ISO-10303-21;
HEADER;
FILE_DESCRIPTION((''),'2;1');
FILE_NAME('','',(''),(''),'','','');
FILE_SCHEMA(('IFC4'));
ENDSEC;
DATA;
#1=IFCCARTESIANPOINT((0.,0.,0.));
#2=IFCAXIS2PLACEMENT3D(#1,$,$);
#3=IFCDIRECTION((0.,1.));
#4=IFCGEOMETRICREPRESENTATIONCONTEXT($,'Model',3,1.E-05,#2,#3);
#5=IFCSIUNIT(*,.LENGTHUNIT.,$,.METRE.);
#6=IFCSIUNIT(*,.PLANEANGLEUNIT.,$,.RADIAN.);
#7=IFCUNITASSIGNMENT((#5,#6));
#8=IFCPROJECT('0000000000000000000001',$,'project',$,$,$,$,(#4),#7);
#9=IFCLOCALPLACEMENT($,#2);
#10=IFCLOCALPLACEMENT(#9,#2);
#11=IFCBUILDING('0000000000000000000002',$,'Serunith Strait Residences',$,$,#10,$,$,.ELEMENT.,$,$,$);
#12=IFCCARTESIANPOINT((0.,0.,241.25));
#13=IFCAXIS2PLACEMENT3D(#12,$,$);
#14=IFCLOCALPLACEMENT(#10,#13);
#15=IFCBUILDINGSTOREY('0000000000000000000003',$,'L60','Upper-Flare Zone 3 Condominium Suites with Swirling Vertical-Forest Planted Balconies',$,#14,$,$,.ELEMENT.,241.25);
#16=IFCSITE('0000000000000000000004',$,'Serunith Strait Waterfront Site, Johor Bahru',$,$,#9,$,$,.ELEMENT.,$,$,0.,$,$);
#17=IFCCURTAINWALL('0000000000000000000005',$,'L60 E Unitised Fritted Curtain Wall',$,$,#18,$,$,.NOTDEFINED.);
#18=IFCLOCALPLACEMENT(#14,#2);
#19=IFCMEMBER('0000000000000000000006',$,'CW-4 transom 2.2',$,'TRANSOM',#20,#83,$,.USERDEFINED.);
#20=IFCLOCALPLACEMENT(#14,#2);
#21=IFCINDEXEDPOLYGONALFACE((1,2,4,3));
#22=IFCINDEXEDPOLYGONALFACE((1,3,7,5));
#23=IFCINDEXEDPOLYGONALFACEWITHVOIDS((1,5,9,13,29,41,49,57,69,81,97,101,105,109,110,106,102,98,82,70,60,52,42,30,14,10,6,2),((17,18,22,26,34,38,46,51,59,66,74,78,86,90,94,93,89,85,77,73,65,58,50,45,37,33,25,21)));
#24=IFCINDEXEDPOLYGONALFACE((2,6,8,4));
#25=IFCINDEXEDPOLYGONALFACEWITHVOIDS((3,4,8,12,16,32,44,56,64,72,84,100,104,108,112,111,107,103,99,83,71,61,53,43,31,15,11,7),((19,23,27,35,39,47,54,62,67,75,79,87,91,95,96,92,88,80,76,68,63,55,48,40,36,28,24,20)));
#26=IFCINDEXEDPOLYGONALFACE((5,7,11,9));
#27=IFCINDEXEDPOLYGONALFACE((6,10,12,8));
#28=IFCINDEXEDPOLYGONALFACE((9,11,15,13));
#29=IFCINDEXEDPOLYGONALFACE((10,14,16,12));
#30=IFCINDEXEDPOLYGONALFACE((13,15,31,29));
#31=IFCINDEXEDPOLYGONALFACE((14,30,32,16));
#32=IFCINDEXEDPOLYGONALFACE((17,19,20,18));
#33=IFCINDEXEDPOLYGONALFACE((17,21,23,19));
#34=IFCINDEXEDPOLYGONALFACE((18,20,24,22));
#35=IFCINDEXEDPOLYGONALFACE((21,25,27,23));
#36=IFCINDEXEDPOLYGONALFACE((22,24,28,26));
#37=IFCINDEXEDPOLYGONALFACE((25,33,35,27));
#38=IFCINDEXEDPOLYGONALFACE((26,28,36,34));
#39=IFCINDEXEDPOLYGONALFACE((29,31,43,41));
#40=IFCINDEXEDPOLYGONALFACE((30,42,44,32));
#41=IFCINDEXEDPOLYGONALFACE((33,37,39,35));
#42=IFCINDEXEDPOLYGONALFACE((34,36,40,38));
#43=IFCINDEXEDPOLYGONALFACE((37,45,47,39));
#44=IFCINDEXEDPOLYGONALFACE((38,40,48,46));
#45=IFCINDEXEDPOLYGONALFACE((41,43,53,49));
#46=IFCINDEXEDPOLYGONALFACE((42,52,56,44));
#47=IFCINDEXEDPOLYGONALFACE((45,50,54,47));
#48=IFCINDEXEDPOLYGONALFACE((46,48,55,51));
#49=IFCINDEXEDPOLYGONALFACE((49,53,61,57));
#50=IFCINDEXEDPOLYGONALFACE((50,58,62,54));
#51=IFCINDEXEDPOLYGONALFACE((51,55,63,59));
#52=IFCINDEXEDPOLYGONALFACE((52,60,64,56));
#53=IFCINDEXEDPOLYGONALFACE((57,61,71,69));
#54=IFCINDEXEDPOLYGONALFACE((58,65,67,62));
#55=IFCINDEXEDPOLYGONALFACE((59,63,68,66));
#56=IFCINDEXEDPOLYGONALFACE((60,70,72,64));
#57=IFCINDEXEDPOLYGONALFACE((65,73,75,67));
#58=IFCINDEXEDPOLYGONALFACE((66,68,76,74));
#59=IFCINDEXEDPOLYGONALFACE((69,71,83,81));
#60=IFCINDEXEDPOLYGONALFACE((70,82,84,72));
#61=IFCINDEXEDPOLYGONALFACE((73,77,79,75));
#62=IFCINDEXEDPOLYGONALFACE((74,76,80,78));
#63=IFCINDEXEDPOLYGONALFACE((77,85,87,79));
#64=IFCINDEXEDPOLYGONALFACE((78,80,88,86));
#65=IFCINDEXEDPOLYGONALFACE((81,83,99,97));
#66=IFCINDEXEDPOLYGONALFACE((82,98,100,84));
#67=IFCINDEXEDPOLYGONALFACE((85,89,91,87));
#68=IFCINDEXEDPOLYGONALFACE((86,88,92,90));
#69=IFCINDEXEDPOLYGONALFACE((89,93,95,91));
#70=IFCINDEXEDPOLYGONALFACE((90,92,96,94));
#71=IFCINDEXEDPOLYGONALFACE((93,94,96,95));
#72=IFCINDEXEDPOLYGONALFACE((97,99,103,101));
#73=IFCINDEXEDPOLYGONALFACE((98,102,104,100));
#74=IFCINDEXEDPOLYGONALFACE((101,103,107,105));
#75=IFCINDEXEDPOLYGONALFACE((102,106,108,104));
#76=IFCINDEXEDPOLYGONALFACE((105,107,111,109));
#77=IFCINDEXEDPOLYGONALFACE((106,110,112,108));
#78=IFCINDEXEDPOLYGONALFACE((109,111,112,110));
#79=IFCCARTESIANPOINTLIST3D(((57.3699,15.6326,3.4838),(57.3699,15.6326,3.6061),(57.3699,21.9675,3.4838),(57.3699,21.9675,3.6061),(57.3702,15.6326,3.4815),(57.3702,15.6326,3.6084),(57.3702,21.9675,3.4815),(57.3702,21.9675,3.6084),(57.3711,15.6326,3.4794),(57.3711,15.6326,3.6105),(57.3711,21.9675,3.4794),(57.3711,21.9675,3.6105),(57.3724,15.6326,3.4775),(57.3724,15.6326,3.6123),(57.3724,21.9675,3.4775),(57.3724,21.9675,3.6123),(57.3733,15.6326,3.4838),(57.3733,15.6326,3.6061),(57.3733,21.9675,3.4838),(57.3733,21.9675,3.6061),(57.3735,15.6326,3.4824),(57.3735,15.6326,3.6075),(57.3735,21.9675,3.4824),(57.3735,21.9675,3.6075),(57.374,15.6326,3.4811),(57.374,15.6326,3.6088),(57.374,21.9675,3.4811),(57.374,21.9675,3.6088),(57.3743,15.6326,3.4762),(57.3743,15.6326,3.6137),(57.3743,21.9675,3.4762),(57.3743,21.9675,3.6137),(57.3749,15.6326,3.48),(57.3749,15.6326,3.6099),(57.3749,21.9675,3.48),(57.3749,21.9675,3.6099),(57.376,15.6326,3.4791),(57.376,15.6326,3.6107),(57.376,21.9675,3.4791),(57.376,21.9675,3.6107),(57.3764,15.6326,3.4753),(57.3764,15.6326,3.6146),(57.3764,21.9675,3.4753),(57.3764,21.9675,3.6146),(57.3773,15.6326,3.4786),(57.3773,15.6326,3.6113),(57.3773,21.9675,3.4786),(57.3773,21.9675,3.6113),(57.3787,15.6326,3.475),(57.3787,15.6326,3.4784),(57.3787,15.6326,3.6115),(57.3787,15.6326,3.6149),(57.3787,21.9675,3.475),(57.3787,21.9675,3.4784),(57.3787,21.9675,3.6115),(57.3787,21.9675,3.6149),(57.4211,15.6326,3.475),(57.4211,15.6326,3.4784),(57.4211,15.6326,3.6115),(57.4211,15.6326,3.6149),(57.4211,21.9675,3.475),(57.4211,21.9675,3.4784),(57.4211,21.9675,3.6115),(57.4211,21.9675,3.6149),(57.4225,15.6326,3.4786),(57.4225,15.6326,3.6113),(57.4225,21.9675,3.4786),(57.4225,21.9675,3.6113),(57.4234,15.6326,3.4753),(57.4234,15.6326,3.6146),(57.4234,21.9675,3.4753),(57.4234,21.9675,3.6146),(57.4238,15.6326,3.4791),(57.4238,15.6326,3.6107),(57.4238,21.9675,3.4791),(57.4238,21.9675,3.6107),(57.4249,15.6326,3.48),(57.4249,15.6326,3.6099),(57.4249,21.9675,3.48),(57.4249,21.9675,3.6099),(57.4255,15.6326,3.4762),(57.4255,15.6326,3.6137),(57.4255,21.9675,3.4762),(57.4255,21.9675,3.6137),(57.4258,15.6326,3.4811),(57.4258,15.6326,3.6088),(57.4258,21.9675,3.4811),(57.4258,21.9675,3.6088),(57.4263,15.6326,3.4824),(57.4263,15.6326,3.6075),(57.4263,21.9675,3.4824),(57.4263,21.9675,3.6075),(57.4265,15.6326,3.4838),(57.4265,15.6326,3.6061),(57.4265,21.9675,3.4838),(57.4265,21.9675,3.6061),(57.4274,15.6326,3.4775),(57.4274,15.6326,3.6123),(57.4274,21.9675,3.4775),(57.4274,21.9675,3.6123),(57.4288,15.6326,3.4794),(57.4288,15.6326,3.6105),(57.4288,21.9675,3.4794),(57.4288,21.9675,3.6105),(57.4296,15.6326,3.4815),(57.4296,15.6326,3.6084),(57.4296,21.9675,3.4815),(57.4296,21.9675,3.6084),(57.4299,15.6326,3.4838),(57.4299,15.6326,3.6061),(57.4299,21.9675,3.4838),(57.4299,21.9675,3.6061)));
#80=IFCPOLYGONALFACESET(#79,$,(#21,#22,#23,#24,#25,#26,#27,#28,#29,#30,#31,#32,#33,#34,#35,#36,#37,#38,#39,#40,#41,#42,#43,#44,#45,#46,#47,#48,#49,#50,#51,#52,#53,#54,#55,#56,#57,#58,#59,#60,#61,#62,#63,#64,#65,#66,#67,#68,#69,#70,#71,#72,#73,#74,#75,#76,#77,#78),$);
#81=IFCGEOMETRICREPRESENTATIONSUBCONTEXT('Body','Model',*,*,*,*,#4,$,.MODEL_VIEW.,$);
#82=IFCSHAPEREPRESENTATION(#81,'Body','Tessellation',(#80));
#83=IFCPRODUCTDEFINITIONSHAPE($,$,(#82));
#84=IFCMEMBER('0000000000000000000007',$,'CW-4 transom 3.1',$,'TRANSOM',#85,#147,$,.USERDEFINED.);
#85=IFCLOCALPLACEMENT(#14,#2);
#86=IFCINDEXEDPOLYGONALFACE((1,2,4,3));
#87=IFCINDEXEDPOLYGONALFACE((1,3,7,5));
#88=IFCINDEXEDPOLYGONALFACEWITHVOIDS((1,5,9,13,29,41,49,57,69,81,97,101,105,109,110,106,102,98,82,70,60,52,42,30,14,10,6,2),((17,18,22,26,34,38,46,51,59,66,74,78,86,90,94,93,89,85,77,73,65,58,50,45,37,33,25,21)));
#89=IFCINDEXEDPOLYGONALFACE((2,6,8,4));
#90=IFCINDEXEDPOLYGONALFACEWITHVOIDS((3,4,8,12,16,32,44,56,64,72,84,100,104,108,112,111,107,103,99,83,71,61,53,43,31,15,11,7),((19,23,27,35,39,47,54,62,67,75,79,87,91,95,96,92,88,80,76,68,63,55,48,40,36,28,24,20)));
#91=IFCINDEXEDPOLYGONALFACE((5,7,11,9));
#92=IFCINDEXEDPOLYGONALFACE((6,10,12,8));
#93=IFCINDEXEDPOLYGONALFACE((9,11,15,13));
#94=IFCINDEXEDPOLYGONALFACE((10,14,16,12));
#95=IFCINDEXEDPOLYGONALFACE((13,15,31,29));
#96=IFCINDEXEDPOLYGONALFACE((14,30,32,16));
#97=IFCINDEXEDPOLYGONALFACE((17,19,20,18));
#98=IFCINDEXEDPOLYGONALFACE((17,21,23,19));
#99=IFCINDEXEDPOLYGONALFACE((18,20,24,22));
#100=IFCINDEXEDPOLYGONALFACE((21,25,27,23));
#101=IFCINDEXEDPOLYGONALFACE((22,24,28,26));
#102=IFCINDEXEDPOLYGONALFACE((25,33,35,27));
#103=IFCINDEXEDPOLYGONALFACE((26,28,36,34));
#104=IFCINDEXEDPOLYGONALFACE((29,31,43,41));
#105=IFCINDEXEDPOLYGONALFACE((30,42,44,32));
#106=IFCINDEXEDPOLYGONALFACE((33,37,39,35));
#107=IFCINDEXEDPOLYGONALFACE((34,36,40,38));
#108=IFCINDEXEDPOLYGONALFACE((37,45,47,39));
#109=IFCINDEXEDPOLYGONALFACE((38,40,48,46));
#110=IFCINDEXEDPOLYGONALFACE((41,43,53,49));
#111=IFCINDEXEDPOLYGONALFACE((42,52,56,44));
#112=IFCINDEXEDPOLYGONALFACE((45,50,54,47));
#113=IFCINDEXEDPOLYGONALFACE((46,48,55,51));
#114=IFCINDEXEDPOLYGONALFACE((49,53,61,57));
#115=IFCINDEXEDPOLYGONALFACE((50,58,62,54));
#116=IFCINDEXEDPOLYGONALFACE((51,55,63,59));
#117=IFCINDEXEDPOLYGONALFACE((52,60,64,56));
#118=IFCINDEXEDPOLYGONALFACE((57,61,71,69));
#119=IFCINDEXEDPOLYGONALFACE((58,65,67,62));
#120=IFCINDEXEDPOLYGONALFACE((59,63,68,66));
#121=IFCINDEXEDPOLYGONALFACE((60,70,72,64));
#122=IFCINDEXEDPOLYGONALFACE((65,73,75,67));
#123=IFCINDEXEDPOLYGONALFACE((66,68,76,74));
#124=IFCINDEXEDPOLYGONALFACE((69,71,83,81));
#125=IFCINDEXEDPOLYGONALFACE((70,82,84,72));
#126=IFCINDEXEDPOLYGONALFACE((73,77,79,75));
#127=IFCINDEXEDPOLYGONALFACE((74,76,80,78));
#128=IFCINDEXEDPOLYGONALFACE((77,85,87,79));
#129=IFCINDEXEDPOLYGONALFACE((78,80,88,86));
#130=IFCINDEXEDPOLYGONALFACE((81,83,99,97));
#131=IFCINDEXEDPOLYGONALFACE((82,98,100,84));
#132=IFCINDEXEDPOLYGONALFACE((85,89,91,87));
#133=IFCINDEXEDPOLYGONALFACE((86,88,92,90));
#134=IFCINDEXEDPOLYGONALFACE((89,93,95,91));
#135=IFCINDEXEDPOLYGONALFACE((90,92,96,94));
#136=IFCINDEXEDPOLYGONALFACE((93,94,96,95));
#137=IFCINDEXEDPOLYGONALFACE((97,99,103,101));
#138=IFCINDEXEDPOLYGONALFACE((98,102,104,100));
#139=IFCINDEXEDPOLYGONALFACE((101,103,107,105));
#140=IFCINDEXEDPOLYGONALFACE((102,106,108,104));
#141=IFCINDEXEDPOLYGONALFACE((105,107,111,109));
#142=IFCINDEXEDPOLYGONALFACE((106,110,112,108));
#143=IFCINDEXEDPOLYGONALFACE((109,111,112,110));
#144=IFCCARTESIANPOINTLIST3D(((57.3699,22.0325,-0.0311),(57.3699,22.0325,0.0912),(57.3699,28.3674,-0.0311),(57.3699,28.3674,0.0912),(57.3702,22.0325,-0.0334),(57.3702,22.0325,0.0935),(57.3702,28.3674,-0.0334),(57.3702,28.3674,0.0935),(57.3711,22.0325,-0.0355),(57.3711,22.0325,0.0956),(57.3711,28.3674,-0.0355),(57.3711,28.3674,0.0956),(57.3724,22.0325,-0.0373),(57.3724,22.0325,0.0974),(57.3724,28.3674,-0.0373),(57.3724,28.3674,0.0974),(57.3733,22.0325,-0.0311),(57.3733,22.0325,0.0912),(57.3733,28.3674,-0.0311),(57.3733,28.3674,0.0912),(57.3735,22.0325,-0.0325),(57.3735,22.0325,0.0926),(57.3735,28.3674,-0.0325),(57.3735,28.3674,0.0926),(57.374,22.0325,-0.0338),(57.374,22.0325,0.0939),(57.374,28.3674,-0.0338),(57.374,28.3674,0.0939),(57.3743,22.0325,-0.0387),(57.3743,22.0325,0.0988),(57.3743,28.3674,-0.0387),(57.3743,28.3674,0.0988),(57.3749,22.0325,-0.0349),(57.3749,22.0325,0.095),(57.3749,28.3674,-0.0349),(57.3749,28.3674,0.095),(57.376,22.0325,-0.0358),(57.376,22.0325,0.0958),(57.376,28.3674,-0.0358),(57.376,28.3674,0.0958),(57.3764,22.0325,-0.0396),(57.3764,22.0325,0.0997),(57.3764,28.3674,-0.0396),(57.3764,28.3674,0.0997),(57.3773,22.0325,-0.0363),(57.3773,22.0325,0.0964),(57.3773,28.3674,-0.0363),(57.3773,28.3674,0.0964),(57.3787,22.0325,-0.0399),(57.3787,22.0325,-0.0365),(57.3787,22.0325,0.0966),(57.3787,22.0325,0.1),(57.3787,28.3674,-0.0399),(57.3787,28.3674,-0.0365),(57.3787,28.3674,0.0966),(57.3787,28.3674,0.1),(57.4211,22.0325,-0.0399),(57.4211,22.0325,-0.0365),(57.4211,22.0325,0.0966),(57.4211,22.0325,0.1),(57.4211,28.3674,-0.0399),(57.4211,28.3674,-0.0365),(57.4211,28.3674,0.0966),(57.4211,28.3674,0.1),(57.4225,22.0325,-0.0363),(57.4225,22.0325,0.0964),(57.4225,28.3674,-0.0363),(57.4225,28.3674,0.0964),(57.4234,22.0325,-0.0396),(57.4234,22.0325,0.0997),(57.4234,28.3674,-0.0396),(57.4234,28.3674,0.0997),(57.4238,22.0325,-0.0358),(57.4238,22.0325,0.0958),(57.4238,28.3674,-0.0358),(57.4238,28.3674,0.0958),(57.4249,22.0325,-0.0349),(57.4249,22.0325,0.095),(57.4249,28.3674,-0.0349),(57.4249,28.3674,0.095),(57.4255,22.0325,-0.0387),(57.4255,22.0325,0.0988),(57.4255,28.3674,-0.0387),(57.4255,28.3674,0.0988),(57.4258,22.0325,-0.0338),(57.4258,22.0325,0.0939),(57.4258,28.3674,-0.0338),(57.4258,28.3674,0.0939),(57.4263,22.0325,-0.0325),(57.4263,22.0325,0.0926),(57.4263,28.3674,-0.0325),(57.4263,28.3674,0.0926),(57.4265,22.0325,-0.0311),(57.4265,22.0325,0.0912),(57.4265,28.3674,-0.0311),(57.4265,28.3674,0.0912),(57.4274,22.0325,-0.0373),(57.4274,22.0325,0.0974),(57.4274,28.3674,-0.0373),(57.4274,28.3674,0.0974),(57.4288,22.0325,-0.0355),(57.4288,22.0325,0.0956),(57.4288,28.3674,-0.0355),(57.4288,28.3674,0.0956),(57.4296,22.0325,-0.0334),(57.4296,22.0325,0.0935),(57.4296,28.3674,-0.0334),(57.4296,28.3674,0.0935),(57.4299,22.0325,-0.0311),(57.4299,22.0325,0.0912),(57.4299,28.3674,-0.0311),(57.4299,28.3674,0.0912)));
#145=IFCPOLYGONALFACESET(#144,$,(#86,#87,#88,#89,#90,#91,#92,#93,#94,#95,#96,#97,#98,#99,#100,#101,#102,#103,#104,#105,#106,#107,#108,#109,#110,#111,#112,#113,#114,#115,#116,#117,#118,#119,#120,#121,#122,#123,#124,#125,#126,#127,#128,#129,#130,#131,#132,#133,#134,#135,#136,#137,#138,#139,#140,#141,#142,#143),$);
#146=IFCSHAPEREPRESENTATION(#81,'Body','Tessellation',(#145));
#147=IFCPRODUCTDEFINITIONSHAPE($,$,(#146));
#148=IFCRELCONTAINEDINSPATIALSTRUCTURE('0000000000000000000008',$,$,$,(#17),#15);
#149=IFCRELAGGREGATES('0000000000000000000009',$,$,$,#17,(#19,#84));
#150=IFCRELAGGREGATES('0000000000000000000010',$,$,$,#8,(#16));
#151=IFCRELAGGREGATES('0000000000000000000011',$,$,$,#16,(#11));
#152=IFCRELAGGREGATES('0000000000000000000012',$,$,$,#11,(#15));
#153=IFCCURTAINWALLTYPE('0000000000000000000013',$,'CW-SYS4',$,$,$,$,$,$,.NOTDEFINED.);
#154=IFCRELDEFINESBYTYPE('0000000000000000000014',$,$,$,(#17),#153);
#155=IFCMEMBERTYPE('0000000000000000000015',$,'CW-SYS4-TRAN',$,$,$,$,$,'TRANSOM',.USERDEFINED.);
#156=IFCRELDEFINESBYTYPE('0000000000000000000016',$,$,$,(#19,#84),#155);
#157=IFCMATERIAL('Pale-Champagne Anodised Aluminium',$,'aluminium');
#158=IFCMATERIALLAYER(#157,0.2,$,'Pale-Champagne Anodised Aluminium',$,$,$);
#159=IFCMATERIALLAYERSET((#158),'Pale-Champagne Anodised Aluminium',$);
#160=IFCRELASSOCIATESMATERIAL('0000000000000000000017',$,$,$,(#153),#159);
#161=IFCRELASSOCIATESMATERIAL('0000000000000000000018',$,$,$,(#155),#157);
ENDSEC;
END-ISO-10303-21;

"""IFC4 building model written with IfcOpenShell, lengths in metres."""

from ifc_helpers import new_model, si_unit, direction, frame, origin, origin_2d, place, context, subcontext, project, spatial, hollow_rectangle, extrude, source, transform, mapped, material, layer, layer_set, material_profile, profile_set, type_object, element, aggregate, save


model = new_model("IFC4")

# Units and contexts
model_context = context("Model", 3, precision=1e-05, world=origin(), true_north=direction((0.0, 1.0)))
body_context = subcontext(model_context, "Body", "Model", "MODEL_VIEW")
ifc_project = project(units=[si_unit("LENGTHUNIT", "METRE"), si_unit("PLANEANGLEUNIT", "RADIAN")], contexts=[model_context])

# Site, building, storey
site_placement = place(None, origin())
site = spatial("IfcSite", under=ifc_project, at=site_placement, Name="Serunith Strait Waterfront Site, Johor Bahru", CompositionType="ELEMENT", RefElevation=0.0)
building_placement = place(site_placement, origin())
building = spatial("IfcBuilding", under=site, at=building_placement, Name="Serunith Strait Residences", CompositionType="ELEMENT")
storey_placement = place(building_placement, frame((0.0, 0.0, 241.25)))
storey = spatial("IfcBuildingStorey", under=building, at=storey_placement, Name="L60", Description="Upper-Flare Zone 3 Condominium Suites with Swirling Vertical-Forest Planted Balconies", CompositionType="ELEMENT", Elevation=241.25)

# Curtain wall, members
ifc_material_1 = material(Name="Pale-Champagne Anodised Aluminium", Category="aluminium")
ifc_layer_1 = layer(ifc_material_1, 0.2, Name="Pale-Champagne Anodised Aluminium")
ifc_layer_set_1 = layer_set([ifc_layer_1], Name="Pale-Champagne Anodised Aluminium")
curtain_wall_type = type_object("IfcCurtainWallType", Name="CW-SYS4", PredefinedType="NOTDEFINED", material=ifc_layer_set_1)
curtain_wall_placement = place(storey_placement, origin())
curtain_wall = element("IfcCurtainWall", 1, at=curtain_wall_placement, inside=storey, type_object=curtain_wall_type, Name="L60 E Unitised Fritted Curtain Wall", PredefinedType="NOTDEFINED")
ifc_material_profile_1 = material_profile(ifc_material_1, hollow_rectangle(XDim=0.0601, YDim=0.1399, WallThickness=0.0034, InnerFilletRadius=0.0054, OuterFilletRadius=0.0088, at=origin_2d()), Name="ALU 140x60x3.5")
ifc_profile_set_1 = profile_set([ifc_material_profile_1], Name="Pale-Champagne Anodised Aluminium")
member_type_1 = type_object("IfcMemberType", Name="CW-SYS4-TRAN", ElementType="TRANSOM", PredefinedType="USERDEFINED", material=ifc_profile_set_1)
shared_shape_1 = source(origin(), body_context, "Body", "SweptSolid", [
    extrude(hollow_rectangle(XDim=0.0601, YDim=0.1399, WallThickness=0.0034, InnerFilletRadius=0.0054, OuterFilletRadius=0.0088, at=origin_2d()), origin(), (0.0, 0.0, 1.0), 6.335),
])
member_1_placement = place(storey_placement, frame((57.3999, 15.6326, 3.5449), z_axis=(0.0, 1.0, 0.0), x_axis=(-1.0, 0.0, 0.0)))
member_1 = element("IfcMember", 2, at=member_1_placement, type_object=member_type_1, Name="CW-4 transom 2.2", ObjectType="TRANSOM", PredefinedType="USERDEFINED", context=body_context, shape_type="MappedRepresentation", body=[
    mapped(shared_shape_1, transform((0.0, 0.0, 0.0), scale=1.0)),
])
member_2_placement = place(storey_placement, frame((57.3999, 22.0325, 0.03), z_axis=(0.0, 1.0, 0.0), x_axis=(-1.0, 0.0, 0.0)))
member_2 = element("IfcMember", 3, at=member_2_placement, type_object=member_type_1, Name="CW-4 transom 3.1", ObjectType="TRANSOM", PredefinedType="USERDEFINED", context=body_context, shape_type="MappedRepresentation", body=[
    mapped(shared_shape_1, transform((0.0, 0.0, 0.0), scale=1.0)),
])
aggregate(curtain_wall, [member_1, member_2])

save(model, "model.ifc")
